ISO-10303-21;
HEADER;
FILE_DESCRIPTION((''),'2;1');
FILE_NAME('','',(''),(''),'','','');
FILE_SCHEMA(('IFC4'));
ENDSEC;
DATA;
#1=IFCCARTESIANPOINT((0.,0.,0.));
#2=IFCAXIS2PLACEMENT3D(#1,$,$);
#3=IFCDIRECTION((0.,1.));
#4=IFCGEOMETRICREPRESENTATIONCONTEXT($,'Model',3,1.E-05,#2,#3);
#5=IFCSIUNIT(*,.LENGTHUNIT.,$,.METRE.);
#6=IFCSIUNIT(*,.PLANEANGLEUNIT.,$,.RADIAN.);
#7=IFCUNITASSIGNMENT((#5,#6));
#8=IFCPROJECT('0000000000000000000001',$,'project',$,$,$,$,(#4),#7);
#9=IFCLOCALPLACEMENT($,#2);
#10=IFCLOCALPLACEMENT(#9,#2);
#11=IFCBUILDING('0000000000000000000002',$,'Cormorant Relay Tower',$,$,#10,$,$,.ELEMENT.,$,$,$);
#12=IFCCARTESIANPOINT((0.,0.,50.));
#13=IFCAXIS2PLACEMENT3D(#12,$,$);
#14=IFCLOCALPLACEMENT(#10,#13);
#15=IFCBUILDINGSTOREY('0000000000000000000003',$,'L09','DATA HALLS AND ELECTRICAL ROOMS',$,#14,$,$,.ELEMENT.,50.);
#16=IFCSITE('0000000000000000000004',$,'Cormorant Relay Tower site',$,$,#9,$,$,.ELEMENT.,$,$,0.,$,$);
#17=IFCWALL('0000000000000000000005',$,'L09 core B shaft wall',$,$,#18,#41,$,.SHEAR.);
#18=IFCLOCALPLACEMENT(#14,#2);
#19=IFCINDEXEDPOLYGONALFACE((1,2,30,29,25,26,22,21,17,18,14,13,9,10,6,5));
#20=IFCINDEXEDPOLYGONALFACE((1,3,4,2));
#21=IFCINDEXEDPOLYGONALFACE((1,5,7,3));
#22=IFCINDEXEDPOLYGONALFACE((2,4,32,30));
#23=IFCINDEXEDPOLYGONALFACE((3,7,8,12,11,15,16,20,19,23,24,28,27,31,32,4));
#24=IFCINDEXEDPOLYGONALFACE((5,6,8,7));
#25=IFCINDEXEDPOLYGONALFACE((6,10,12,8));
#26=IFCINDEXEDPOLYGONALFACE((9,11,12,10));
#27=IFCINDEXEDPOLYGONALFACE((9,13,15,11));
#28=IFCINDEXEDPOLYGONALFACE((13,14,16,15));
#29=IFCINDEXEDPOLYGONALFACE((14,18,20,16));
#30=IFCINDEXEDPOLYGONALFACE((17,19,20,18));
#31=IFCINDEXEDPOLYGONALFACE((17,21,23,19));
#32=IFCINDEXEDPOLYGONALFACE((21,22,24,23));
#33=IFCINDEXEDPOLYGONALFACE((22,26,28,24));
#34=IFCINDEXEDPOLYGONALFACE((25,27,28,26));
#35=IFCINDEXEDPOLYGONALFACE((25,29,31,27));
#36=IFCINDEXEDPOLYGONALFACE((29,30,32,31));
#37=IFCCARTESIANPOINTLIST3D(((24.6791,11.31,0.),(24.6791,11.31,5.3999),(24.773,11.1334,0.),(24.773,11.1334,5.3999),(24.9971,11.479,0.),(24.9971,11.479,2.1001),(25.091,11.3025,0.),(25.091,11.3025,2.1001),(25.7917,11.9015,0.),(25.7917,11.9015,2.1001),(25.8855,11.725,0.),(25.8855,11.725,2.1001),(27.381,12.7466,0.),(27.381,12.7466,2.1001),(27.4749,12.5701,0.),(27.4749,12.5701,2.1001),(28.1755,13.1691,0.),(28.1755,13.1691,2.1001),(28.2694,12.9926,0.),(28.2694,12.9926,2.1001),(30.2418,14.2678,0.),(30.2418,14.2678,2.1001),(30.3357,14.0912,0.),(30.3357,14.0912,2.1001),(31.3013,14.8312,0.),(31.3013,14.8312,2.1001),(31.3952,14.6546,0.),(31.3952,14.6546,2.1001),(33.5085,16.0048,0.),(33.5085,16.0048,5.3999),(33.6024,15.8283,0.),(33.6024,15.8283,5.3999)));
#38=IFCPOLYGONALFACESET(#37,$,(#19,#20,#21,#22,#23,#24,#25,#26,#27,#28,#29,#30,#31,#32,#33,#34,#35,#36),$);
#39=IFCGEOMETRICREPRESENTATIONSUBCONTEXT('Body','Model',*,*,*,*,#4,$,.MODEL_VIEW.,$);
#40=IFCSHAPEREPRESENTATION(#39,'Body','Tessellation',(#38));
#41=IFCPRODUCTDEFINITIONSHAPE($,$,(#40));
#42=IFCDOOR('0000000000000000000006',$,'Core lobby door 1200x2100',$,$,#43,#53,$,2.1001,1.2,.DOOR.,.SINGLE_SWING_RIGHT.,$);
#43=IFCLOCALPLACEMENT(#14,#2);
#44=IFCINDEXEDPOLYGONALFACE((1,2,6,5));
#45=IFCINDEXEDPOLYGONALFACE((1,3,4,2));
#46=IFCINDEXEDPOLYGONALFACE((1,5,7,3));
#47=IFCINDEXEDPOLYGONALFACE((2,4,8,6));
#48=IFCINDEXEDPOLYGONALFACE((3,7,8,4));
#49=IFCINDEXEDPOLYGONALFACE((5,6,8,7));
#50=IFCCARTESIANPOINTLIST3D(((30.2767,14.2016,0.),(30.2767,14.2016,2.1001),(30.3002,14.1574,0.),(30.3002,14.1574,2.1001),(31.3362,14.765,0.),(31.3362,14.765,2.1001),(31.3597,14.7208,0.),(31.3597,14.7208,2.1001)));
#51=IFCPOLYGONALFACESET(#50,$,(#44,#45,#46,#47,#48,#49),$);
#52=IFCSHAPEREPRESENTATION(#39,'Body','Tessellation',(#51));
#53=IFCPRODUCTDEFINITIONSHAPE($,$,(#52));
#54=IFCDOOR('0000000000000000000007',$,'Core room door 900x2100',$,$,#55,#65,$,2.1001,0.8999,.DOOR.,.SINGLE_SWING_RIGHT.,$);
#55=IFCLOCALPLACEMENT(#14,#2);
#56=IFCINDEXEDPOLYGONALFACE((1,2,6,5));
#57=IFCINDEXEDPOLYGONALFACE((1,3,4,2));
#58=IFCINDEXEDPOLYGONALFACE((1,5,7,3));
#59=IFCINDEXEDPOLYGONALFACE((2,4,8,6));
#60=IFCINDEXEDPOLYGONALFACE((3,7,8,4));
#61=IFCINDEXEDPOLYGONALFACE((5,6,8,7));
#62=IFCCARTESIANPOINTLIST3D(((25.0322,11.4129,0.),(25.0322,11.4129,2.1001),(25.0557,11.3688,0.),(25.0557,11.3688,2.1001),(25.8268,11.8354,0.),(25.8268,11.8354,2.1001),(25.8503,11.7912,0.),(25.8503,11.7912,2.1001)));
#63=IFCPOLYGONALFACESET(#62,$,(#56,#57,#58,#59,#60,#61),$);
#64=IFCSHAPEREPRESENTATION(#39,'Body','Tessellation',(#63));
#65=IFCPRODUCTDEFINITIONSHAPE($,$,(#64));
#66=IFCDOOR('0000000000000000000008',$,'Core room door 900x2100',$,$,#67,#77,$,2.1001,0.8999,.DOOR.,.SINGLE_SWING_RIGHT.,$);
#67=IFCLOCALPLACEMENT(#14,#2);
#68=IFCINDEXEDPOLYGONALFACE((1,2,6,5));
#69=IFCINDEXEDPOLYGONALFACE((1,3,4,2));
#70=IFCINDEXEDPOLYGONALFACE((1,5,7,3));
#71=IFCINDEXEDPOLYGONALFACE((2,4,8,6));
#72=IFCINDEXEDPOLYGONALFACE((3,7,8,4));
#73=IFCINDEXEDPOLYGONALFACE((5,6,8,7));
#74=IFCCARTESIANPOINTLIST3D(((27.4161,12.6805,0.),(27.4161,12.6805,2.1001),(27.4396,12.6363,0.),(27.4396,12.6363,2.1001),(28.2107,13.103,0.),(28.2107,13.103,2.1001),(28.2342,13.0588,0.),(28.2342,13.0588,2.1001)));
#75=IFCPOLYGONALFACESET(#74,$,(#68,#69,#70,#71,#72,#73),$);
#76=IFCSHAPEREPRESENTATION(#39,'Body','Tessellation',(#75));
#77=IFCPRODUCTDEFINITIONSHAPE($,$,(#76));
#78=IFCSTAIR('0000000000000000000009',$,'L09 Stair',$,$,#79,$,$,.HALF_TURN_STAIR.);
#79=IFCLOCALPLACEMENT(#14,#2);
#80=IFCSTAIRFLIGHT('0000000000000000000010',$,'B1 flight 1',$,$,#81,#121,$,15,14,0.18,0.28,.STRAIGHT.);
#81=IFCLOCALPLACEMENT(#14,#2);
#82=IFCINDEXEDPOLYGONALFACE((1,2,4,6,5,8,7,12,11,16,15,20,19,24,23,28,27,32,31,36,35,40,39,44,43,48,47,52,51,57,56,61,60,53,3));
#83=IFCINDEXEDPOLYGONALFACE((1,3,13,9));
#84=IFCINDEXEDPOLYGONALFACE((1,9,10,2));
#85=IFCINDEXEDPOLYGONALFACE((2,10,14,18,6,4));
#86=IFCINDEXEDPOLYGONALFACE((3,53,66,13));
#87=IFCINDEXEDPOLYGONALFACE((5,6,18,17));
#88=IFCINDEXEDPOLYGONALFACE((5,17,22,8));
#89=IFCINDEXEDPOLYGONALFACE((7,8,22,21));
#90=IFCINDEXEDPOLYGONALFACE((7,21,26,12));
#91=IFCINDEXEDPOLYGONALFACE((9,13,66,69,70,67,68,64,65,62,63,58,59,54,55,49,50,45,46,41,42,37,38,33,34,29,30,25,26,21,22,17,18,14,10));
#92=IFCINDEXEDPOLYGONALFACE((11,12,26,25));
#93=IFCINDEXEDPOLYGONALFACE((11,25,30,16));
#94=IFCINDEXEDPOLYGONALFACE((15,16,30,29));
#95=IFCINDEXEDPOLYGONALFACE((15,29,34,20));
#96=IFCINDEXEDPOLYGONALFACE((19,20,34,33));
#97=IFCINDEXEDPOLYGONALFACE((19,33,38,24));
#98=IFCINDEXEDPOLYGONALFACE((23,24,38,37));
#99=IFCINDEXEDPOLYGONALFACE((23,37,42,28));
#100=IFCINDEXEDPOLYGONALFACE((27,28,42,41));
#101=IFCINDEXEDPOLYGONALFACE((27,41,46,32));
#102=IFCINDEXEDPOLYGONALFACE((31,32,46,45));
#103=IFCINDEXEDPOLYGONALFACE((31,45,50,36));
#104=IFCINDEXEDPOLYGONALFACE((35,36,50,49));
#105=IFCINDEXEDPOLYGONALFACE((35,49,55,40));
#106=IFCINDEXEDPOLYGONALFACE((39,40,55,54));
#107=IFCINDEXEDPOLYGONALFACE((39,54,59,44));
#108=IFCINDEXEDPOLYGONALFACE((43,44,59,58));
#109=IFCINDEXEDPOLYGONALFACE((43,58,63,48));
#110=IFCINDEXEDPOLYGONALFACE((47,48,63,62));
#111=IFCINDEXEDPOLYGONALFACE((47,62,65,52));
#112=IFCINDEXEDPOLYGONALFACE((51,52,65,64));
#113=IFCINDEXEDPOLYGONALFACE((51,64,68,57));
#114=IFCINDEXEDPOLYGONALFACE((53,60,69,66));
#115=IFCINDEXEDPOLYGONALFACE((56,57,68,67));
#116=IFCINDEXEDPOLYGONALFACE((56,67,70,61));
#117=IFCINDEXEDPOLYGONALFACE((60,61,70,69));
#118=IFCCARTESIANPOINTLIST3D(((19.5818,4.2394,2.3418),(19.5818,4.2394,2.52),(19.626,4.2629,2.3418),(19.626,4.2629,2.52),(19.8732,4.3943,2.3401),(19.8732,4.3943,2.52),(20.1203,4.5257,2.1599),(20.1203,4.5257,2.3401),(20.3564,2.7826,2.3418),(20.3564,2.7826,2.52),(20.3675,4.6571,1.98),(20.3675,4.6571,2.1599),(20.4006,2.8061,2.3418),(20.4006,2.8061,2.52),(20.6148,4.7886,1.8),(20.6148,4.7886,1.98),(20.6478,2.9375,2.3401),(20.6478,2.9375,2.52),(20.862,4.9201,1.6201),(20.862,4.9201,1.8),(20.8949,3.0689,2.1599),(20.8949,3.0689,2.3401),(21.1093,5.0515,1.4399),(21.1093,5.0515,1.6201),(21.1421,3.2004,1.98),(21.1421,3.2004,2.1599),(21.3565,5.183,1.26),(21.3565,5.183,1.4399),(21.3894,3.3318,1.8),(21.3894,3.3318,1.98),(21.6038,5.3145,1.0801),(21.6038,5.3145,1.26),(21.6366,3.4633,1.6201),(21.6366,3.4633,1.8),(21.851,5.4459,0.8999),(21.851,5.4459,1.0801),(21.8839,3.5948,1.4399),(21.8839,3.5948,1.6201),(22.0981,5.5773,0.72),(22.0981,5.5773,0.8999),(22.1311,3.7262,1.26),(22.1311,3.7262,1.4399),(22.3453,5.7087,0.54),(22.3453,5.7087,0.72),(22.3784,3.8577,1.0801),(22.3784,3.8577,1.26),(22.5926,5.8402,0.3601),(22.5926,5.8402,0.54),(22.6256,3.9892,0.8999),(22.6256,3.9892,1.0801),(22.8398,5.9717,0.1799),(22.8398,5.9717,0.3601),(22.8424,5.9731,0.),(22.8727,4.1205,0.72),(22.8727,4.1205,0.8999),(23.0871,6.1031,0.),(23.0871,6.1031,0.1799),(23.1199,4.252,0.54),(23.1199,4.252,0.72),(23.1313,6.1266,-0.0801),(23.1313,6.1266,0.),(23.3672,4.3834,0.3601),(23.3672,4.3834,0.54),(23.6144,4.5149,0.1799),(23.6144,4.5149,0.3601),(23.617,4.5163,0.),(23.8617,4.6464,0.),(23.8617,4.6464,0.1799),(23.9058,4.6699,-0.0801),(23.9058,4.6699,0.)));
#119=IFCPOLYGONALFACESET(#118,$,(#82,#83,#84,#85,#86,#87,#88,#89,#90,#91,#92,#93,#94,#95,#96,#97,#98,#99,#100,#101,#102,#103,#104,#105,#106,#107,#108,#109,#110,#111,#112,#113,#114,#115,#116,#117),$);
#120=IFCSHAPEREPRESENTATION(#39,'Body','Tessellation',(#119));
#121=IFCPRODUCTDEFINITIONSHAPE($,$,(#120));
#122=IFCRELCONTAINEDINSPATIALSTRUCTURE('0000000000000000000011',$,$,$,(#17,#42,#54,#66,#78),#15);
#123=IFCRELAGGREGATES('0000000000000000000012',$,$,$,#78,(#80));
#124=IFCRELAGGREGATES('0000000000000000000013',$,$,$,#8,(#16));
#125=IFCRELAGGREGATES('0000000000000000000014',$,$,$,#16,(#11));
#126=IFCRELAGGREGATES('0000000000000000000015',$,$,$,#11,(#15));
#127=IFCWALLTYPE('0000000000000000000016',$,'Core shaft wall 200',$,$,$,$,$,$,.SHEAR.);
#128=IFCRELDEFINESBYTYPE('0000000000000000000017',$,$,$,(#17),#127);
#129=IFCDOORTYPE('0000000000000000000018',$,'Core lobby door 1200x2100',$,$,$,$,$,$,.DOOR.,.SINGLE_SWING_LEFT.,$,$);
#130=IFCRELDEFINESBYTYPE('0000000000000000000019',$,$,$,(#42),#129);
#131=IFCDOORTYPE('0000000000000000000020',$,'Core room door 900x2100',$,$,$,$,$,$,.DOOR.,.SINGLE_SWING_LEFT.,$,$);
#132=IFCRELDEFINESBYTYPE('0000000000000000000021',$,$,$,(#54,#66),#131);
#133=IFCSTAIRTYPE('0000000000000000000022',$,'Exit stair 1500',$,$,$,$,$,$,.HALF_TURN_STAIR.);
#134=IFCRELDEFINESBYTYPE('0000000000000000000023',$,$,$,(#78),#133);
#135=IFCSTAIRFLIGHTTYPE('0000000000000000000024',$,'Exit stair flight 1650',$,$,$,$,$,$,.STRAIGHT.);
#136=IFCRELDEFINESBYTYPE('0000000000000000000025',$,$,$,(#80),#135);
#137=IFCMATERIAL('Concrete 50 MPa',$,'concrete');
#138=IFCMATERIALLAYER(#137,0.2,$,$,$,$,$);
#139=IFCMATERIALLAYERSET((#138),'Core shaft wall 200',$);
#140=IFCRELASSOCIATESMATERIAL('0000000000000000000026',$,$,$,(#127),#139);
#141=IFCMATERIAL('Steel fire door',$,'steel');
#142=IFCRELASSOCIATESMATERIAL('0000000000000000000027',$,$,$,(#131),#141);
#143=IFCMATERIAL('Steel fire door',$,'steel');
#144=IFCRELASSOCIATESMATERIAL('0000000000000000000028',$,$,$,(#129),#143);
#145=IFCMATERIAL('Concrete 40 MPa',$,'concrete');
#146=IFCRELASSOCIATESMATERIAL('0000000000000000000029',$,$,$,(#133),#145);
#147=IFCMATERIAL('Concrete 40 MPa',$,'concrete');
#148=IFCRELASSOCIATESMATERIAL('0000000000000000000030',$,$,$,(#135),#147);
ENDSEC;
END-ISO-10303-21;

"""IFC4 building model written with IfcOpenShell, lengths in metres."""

from ifc_helpers import new_model, si_unit, direction, frame, frame_2d, origin, place, context, subcontext, project, spatial, polyline, rectangle, outline, extrude, material, layer, layer_set, type_object, element, fill, aggregate, save


model = new_model("IFC4")

# Units and contexts
model_context = context("Model", 3, precision=1e-05, world=origin(), true_north=direction((0.0, 1.0)))
body_context = subcontext(model_context, "Body", "Model", "MODEL_VIEW")
ifc_project = project(units=[si_unit("LENGTHUNIT", "METRE"), si_unit("PLANEANGLEUNIT", "RADIAN")], contexts=[model_context])

# Site, building, storey
site_placement = place(None, origin())
site = spatial("IfcSite", under=ifc_project, at=site_placement, Name="Cormorant Relay Tower site", CompositionType="ELEMENT", RefElevation=0.0)
building_placement = place(site_placement, origin())
building = spatial("IfcBuilding", under=site, at=building_placement, Name="Cormorant Relay Tower", CompositionType="ELEMENT")
storey_placement = place(building_placement, frame((0.0, 0.0, 50.0)))
storey = spatial("IfcBuildingStorey", under=building, at=storey_placement, Name="L09", Description="DATA HALLS AND ELECTRICAL ROOMS", CompositionType="ELEMENT", Elevation=50.0)

# Shared definitions
ifc_material_1 = material(Name="Concrete 50 MPa", Category="concrete")
ifc_layer_1 = layer(ifc_material_1, 0.2)
ifc_layer_set_1 = layer_set([ifc_layer_1], Name="Core shaft wall 200")
wall_type_1 = type_object("IfcWallType", Name="Core shaft wall 200", PredefinedType="SHEAR", material=ifc_layer_set_1)
ifc_material_2 = material(Name="Steel fire door", Category="steel")
door_type_1 = type_object("IfcDoorType", Name="Core room door 900x2100", OperationType="SINGLE_SWING_LEFT", PredefinedType="DOOR", material=ifc_material_2)

# Wall, openings, doors
wall_1_placement = place(storey_placement, frame((24.7261, 11.2217, 0.0), z_axis=(0.0, 0.0, 1.0), x_axis=(0.88294, 0.469485, 0.0)))
wall_1 = element("IfcWall", 1, at=wall_1_placement, inside=storey, type_object=wall_type_1, Name="L09 core B shaft wall", PredefinedType="SHEAR", context=body_context, shape_type="SweptSolid", body=[
    extrude(rectangle(XDim=10.0, YDim=0.2, at=frame_2d((5.0, 0.0))), origin(), (0.0, 0.0, 1.0), 5.3999),
])
opening_1_placement = place(wall_1_placement, frame((6.3, 0.0, 0.0)))
opening_1 = element("IfcOpeningElement", 2, at=opening_1_placement, cuts=wall_1, PredefinedType="OPENING", context=body_context, shape_type="SweptSolid", body=[
    extrude(rectangle(XDim=1.2, YDim=2.1001, at=frame_2d((0.6001, 1.05))), frame((0.0, 0.1099, 0.0), z_axis=(0.0, -1.0, 0.0), x_axis=(1.0, 0.0, 0.0)), (0.0, 0.0, 1.0), 0.22),
])
opening_2_placement = place(wall_1_placement, frame((0.3601, 0.0, 0.0)))
opening_2 = element("IfcOpeningElement", 3, at=opening_2_placement, cuts=wall_1, PredefinedType="OPENING", context=body_context, shape_type="SweptSolid", body=[
    extrude(rectangle(XDim=0.8999, YDim=2.1001, at=frame_2d((0.45, 1.05))), frame((0.0, 0.1099, 0.0), z_axis=(0.0, -1.0, 0.0), x_axis=(1.0, 0.0, 0.0)), (0.0, 0.0, 1.0), 0.22),
])
opening_3_placement = place(wall_1_placement, frame((3.0601, 0.0, 0.0)))
opening_3 = element("IfcOpeningElement", 4, at=opening_3_placement, cuts=wall_1, PredefinedType="OPENING", context=body_context, shape_type="SweptSolid", body=[
    extrude(rectangle(XDim=0.8999, YDim=2.1001, at=frame_2d((0.45, 1.05))), frame((0.0, 0.1099, 0.0), z_axis=(0.0, -1.0, 0.0), x_axis=(1.0, 0.0, 0.0)), (0.0, 0.0, 1.0), 0.22),
])
ifc_material_3 = material(Name="Steel fire door", Category="steel")
door_type_2 = type_object("IfcDoorType", Name="Core lobby door 1200x2100", OperationType="SINGLE_SWING_LEFT", PredefinedType="DOOR", material=ifc_material_3)
door_1_placement = place(opening_1_placement, frame((1.2, 0.0, 0.0), z_axis=(0.0, 0.0, 1.0), x_axis=(-1.0, 0.0, 0.0)))
door_1 = element("IfcDoor", 5, at=door_1_placement, inside=storey, type_object=door_type_2, Name="Core lobby door 1200x2100", OperationType="SINGLE_SWING_RIGHT", OverallHeight=2.1001, OverallWidth=1.2, PredefinedType="DOOR", context=body_context, shape_type="SweptSolid", body=[
    extrude(rectangle(XDim=1.2, YDim=2.1001, at=frame_2d((0.6001, 1.05))), frame((0.0, 0.0249, 0.0), z_axis=(0.0, -1.0, 0.0), x_axis=(1.0, 0.0, 0.0)), (0.0, 0.0, 1.0), 0.05),
])
fill(opening_1, door_1)
door_2_placement = place(opening_2_placement, frame((0.8999, 0.0, 0.0), z_axis=(0.0, 0.0, 1.0), x_axis=(-1.0, 0.0, 0.0)))
door_2 = element("IfcDoor", 6, at=door_2_placement, inside=storey, type_object=door_type_1, Name="Core room door 900x2100", OperationType="SINGLE_SWING_RIGHT", OverallHeight=2.1001, OverallWidth=0.8999, PredefinedType="DOOR", context=body_context, shape_type="SweptSolid", body=[
    extrude(rectangle(XDim=0.8999, YDim=2.1001, at=frame_2d((0.45, 1.05))), frame((0.0, 0.0249, 0.0), z_axis=(0.0, -1.0, 0.0), x_axis=(1.0, 0.0, 0.0)), (0.0, 0.0, 1.0), 0.05),
])
fill(opening_2, door_2)
door_3_placement = place(opening_3_placement, frame((0.8999, 0.0, 0.0), z_axis=(0.0, 0.0, 1.0), x_axis=(-1.0, 0.0, 0.0)))
door_3 = element("IfcDoor", 7, at=door_3_placement, inside=storey, type_object=door_type_1, Name="Core room door 900x2100", OperationType="SINGLE_SWING_RIGHT", OverallHeight=2.1001, OverallWidth=0.8999, PredefinedType="DOOR", context=body_context, shape_type="SweptSolid", body=[
    extrude(rectangle(XDim=0.8999, YDim=2.1001, at=frame_2d((0.45, 1.05))), frame((0.0, 0.0249, 0.0), z_axis=(0.0, -1.0, 0.0), x_axis=(1.0, 0.0, 0.0)), (0.0, 0.0, 1.0), 0.05),
])
fill(opening_3, door_3)

# Stair, stair flight
ifc_material_4 = material(Name="Concrete 40 MPa", Category="concrete")
stair_type = type_object("IfcStairType", Name="Exit stair 1500", PredefinedType="HALF_TURN_STAIR", material=ifc_material_4)
stair_placement = place(storey_placement, origin())
stair = element("IfcStair", 8, at=stair_placement, inside=storey, type_object=stair_type, Name="L09 Stair", PredefinedType="HALF_TURN_STAIR")
ifc_material_5 = material(Name="Concrete 40 MPa", Category="concrete")
stair_flight_type = type_object("IfcStairFlightType", Name="Exit stair flight 1650", PredefinedType="STRAIGHT", material=ifc_material_5)
stair_flight_placement = place(storey_placement, frame((23.4744, 5.3748, 0.0), z_axis=(0.0, 0.0, 1.0), x_axis=(-0.882948, -0.469472, 0.0)))
stair_flight = element("IfcStairFlight", 9, at=stair_flight_placement, type_object=stair_flight_type, Name="B1 flight 1", NumberOfRisers=15, NumberOfTreads=14, PredefinedType="STRAIGHT", RiserHeight=0.18, TreadLength=0.28, context=body_context, shape_type="SweptSolid", body=[
    extrude(outline(polyline([(-0.05, -0.0801), (-0.05, 0.0), (0.0, 0.0), (0.0, 0.1799), (0.28, 0.1799), (0.28, 0.3601), (0.5601, 0.3601), (0.5601, 0.54), (0.8401, 0.54), (0.8401, 0.72), (1.1201, 0.72), (1.1201, 0.8999), (1.3999, 0.8999), (1.3999, 1.0801), (1.6799, 1.0801), (1.6799, 1.26), (1.96, 1.26), (1.96, 1.4399), (2.24, 1.4399), (2.24, 1.6201), (2.52, 1.6201), (2.52, 1.8), (2.8, 1.8), (2.8, 1.98), (3.0801, 1.98), (3.0801, 2.1599), (3.3601, 2.1599), (3.3601, 2.3401), (3.6399, 2.3401), (3.6399, 2.52), (3.9199, 2.52), (3.97, 2.52), (3.97, 2.3418), (3.9199, 2.3418), (0.2771, 0.0), (-0.05, -0.0801)])), frame((0.0, 0.825, 0.0), z_axis=(0.0, -1.0, 0.0), x_axis=(1.0, 0.0, 0.0)), (0.0, 0.0, 1.0), 1.6499),
])
aggregate(stair, [stair_flight])

save(model, "model.ifc")
